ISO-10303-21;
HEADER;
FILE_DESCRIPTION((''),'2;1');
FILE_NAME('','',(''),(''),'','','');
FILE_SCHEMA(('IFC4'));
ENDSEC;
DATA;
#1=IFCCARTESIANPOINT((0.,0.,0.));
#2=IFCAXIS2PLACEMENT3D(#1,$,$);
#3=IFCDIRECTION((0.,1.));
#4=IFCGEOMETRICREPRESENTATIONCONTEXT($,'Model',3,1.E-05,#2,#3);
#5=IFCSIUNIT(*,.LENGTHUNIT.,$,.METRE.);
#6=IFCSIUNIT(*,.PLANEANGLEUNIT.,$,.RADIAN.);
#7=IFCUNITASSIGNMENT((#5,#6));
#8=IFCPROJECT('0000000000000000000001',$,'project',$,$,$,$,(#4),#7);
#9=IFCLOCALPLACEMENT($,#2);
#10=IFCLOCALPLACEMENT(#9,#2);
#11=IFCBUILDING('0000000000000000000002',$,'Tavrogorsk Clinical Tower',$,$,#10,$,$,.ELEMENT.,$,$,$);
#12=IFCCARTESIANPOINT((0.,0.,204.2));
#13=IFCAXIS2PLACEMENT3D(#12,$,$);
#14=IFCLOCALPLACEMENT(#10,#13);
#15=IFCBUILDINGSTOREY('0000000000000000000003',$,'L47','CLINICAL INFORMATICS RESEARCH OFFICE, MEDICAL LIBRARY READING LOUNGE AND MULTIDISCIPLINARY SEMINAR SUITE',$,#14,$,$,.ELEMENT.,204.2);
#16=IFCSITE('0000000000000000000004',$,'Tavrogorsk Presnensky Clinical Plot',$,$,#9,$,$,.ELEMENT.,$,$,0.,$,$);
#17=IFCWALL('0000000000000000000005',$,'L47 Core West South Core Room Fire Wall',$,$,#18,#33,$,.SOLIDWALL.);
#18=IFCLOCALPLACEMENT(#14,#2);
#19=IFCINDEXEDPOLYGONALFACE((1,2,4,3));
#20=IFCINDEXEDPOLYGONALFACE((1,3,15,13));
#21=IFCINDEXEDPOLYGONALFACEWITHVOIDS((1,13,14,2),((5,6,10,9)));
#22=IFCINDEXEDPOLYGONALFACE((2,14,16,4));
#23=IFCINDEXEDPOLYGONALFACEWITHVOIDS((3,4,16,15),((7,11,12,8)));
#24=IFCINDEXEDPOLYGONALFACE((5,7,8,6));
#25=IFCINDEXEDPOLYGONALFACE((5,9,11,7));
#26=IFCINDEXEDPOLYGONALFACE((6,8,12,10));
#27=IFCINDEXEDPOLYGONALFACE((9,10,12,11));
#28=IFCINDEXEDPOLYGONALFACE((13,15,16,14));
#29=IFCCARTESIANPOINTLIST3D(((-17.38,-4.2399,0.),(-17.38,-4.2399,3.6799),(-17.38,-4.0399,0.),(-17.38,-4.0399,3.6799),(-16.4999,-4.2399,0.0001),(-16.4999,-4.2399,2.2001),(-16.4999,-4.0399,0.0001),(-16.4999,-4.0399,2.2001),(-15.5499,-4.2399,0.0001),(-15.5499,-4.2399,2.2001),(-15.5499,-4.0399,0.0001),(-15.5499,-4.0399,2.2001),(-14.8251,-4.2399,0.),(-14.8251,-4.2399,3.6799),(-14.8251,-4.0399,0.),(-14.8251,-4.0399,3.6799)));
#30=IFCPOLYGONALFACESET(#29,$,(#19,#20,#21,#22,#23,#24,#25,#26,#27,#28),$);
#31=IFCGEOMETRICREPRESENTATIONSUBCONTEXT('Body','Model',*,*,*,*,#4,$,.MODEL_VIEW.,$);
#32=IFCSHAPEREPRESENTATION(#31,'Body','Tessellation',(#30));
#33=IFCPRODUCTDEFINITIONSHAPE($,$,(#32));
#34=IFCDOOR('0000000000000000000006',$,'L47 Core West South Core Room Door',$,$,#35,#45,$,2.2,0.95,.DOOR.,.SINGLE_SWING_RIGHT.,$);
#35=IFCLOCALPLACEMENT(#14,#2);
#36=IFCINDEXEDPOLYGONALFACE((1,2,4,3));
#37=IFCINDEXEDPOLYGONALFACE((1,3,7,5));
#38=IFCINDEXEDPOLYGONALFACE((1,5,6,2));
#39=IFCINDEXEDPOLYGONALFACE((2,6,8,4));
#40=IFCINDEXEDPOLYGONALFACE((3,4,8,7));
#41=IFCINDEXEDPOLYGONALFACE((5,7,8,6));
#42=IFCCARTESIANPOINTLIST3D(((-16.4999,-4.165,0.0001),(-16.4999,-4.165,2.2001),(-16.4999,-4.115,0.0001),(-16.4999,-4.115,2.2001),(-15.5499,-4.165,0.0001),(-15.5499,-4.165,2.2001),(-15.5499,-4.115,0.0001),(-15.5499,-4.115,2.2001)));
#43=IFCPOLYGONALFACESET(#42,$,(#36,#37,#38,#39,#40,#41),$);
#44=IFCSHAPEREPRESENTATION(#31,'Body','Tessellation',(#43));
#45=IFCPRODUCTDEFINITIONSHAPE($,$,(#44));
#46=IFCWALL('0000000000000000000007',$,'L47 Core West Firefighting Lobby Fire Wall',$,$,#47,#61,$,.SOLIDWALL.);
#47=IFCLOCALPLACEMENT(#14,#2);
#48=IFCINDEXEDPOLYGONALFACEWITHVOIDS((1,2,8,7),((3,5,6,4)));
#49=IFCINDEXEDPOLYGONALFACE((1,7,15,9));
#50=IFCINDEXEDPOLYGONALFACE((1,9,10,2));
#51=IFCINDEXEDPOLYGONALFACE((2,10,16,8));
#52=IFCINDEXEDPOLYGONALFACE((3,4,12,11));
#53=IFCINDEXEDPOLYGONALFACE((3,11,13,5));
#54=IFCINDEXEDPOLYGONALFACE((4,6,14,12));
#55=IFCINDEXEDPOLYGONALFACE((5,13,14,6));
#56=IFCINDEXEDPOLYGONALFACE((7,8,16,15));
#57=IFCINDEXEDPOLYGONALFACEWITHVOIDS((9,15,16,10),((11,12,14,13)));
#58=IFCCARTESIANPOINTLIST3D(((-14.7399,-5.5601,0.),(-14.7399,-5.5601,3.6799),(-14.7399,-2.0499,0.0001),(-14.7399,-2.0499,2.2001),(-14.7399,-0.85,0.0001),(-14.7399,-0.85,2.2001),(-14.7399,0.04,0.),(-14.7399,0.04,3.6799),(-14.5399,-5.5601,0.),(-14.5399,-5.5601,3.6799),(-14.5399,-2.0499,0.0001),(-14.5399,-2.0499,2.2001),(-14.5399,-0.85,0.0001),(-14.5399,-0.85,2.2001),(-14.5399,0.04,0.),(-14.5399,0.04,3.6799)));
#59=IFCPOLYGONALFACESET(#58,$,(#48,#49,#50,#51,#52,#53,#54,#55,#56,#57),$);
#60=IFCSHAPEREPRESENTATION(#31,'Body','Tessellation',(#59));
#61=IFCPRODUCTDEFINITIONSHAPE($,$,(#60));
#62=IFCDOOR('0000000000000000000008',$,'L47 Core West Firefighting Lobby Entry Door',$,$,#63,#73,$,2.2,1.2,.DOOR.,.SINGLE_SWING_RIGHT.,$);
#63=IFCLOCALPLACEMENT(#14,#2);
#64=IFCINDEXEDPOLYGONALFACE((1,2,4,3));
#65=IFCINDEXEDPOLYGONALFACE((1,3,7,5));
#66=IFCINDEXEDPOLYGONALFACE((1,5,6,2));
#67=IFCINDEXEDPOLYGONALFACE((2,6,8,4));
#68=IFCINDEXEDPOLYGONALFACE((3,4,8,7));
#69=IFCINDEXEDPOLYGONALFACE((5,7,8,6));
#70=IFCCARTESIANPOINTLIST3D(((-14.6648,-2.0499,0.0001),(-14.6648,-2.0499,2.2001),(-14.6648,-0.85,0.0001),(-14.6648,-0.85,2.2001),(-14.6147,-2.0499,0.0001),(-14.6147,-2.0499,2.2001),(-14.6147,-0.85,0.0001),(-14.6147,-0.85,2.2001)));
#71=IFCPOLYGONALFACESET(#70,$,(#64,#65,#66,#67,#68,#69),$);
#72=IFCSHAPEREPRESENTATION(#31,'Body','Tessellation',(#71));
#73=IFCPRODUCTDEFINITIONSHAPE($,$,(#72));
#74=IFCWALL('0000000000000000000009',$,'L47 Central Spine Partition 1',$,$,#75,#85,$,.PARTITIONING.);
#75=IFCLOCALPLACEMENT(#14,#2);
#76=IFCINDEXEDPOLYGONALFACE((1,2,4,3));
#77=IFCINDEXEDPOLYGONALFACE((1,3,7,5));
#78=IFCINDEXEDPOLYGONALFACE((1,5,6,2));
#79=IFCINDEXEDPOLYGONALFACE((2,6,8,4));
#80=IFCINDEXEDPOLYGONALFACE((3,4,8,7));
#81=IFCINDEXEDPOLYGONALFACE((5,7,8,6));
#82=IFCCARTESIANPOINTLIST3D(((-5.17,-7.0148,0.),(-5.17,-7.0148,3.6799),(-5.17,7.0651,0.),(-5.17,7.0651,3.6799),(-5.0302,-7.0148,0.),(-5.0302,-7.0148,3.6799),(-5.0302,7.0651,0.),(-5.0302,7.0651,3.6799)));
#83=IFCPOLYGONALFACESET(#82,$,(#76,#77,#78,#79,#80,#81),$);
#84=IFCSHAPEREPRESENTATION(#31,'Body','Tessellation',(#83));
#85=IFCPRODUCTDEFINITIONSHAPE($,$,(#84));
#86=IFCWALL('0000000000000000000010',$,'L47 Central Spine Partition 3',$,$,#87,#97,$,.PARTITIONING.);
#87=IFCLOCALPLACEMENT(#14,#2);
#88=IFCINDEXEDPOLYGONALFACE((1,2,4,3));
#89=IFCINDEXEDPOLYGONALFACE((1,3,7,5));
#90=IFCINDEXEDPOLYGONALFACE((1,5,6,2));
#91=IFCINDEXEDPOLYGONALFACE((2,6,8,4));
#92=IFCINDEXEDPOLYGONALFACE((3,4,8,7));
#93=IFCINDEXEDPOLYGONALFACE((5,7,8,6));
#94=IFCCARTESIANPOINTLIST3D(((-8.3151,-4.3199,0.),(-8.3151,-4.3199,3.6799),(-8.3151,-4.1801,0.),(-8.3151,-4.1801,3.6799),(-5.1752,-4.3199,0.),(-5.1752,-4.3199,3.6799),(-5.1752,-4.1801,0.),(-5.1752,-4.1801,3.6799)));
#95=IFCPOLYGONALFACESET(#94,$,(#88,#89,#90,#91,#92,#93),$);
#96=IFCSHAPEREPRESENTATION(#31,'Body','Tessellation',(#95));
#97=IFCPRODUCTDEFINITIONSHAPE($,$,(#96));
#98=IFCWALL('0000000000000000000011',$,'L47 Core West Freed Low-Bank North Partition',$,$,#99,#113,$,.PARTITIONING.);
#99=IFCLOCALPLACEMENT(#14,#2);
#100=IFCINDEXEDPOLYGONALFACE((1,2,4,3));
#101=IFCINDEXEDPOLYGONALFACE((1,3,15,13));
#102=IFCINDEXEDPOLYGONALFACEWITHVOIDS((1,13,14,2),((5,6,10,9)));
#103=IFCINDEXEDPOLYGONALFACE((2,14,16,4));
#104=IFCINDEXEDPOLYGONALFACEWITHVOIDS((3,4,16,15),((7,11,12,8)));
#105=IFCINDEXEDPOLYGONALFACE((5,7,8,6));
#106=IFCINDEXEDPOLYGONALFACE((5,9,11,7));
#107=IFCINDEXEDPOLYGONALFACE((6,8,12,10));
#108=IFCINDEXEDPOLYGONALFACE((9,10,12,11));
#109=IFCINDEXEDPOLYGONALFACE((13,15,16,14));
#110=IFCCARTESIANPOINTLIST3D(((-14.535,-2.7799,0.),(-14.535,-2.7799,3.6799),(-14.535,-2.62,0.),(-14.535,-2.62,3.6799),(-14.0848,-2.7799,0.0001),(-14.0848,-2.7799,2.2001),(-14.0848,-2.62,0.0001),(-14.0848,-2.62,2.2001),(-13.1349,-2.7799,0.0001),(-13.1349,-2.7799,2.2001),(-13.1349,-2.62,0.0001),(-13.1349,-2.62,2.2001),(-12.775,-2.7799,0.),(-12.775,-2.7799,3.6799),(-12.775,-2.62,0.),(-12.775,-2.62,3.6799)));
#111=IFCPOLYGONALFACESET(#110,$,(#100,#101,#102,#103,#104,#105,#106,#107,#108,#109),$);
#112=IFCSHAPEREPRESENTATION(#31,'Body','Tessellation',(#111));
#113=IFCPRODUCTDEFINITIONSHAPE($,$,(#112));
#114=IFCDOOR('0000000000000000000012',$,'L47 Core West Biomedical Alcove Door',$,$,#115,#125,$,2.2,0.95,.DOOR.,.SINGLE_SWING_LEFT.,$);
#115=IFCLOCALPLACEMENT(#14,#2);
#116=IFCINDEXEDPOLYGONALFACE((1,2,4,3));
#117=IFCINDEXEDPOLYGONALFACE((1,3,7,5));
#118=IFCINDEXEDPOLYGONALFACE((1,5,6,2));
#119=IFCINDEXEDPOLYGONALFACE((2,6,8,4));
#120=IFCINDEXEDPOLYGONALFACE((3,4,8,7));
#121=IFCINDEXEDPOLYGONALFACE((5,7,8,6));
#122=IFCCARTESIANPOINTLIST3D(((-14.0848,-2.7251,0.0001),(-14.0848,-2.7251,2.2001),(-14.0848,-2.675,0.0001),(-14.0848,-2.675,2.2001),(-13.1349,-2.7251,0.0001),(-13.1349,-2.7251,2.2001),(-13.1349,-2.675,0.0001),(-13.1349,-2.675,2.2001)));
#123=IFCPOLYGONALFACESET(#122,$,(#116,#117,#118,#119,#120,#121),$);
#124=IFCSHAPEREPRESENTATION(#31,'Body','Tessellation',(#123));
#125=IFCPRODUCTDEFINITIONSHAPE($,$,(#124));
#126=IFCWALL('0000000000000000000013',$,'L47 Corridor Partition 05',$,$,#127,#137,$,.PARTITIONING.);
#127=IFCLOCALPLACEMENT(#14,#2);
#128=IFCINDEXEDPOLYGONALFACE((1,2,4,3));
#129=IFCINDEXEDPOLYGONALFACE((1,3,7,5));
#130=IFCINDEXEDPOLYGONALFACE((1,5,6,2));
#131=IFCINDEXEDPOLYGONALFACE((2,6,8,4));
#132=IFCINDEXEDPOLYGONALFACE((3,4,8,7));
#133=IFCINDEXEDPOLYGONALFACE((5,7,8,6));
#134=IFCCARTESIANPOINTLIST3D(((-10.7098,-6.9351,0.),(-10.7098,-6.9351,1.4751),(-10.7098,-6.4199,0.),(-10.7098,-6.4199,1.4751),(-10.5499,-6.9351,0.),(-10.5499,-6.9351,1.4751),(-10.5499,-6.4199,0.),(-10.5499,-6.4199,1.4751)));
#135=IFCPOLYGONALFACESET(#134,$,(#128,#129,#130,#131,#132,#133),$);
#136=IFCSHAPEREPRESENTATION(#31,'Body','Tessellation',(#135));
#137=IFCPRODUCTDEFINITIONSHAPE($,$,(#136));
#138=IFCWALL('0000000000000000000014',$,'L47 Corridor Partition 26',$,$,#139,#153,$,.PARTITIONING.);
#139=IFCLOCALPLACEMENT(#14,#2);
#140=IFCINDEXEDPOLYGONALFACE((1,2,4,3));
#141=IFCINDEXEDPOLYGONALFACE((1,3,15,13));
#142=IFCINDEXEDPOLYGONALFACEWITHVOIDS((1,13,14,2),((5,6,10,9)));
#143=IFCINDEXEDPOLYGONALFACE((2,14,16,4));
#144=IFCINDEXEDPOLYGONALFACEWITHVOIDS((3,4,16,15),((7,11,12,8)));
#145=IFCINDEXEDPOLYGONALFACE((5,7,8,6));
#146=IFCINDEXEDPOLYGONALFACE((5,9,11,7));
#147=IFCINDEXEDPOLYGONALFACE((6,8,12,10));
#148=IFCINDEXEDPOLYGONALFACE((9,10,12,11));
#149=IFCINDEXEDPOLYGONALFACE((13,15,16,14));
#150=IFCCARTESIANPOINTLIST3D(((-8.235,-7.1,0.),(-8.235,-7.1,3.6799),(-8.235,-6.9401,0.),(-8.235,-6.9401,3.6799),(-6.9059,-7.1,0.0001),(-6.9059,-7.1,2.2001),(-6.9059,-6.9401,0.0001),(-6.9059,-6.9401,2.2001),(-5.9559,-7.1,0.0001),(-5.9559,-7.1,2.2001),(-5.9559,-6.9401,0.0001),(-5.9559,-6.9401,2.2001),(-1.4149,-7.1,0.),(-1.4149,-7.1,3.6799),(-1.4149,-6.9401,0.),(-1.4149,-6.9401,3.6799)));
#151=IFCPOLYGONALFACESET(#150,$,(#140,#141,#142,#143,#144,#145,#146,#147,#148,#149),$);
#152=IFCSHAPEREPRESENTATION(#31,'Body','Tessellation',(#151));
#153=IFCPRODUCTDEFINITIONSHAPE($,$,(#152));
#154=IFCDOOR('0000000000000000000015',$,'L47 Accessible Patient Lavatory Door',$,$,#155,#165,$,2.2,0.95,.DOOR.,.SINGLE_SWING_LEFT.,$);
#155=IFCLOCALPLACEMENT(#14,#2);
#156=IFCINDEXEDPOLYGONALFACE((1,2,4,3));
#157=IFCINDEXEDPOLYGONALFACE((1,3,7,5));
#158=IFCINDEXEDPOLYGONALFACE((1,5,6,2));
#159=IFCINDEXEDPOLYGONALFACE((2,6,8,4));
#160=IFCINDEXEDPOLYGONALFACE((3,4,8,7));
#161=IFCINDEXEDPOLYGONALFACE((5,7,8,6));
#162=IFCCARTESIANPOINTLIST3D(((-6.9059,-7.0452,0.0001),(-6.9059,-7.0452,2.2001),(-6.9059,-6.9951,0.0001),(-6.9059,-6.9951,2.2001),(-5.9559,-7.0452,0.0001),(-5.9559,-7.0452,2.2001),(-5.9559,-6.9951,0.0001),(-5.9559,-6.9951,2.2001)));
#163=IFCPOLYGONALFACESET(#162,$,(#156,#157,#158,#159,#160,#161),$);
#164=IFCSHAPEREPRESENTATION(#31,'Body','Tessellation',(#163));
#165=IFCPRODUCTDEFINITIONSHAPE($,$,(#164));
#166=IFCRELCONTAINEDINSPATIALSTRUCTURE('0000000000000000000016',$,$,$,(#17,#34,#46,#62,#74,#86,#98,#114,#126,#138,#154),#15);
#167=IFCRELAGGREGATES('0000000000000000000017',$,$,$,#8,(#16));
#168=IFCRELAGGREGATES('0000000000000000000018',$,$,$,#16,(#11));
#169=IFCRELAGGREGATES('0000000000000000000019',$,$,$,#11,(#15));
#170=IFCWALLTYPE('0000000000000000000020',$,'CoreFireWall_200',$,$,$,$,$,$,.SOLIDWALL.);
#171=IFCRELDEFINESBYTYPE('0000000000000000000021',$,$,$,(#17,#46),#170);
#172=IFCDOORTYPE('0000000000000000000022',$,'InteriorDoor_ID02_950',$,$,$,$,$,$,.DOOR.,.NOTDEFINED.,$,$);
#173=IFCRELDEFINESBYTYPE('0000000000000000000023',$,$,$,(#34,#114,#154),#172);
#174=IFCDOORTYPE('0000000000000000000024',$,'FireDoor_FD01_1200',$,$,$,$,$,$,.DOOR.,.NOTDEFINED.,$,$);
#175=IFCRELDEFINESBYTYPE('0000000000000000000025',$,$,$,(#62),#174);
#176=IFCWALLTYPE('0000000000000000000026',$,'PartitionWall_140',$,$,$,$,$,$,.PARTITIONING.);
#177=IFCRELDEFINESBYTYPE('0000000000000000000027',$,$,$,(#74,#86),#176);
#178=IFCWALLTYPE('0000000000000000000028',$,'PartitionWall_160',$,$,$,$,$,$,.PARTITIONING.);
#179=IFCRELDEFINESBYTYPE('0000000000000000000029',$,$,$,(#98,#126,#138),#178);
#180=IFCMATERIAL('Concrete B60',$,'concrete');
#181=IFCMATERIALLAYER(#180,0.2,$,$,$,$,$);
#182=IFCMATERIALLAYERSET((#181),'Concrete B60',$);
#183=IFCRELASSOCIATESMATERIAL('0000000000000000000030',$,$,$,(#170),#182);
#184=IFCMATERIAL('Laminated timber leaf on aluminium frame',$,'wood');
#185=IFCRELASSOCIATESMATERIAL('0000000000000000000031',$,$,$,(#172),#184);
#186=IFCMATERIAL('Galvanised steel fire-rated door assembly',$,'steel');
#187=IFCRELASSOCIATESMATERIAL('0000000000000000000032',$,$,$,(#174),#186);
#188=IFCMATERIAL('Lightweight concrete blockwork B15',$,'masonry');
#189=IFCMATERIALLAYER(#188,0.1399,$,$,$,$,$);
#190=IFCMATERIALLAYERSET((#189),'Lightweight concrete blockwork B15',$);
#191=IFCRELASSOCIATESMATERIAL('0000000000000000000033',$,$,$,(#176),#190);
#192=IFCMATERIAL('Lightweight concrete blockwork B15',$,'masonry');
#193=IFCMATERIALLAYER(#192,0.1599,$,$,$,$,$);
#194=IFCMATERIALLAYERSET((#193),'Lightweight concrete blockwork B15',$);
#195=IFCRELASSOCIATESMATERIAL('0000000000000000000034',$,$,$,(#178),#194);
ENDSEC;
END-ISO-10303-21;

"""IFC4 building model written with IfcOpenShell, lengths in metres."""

from ifc_helpers import new_model, si_unit, direction, frame, frame_2d, origin, place, context, subcontext, project, spatial, rectangle, extrude, material, layer, layer_set, type_object, element, fill, save


model = new_model("IFC4")

# Units and contexts
model_context = context("Model", 3, precision=1e-05, world=origin(), true_north=direction((0.0, 1.0)))
body_context = subcontext(model_context, "Body", "Model", "MODEL_VIEW")
ifc_project = project(units=[si_unit("LENGTHUNIT", "METRE"), si_unit("PLANEANGLEUNIT", "RADIAN")], contexts=[model_context])

# Site, building, storey
site_placement = place(None, origin())
site = spatial("IfcSite", under=ifc_project, at=site_placement, Name="Tavrogorsk Presnensky Clinical Plot", CompositionType="ELEMENT", RefElevation=0.0)
building_placement = place(site_placement, origin())
building = spatial("IfcBuilding", under=site, at=building_placement, Name="Tavrogorsk Clinical Tower", CompositionType="ELEMENT")
storey_placement = place(building_placement, frame((0.0, 0.0, 204.2)))
storey = spatial("IfcBuildingStorey", under=building, at=storey_placement, Name="L47", Description="CLINICAL INFORMATICS RESEARCH OFFICE, MEDICAL LIBRARY READING LOUNGE AND MULTIDISCIPLINARY SEMINAR SUITE", CompositionType="ELEMENT", Elevation=204.2)

# Walls, openings, doors
ifc_material_1 = material(Name="Concrete B60", Category="concrete")
ifc_layer_1 = layer(ifc_material_1, 0.2)
ifc_layer_set_1 = layer_set([ifc_layer_1], Name="Concrete B60")
wall_type_1 = type_object("IfcWallType", Name="CoreFireWall_200", PredefinedType="SOLIDWALL", material=ifc_layer_set_1)
wall_1_placement = place(storey_placement, frame((-17.3799, -4.1399, 0.0), z_axis=(0.0, 0.0, 1.0), x_axis=(1.0, 0.0, 0.0)))
wall_1 = element("IfcWall", 1, at=wall_1_placement, inside=storey, type_object=wall_type_1, Name="L47 Core West South Core Room Fire Wall", PredefinedType="SOLIDWALL", context=body_context, shape_type="SweptSolid", body=[
    extrude(rectangle(XDim=2.5549, YDim=0.2, at=frame_2d((1.2773, 0.0))), origin(), (0.0, 0.0, 1.0), 3.6799),
])
opening_1_placement = place(wall_1_placement, frame((0.8799, 0.0, 0.0)))
opening_1 = element("IfcOpeningElement", 2, at=opening_1_placement, cuts=wall_1, PredefinedType="OPENING", context=body_context, shape_type="SweptSolid", body=[
    extrude(rectangle(XDim=0.95, YDim=2.2, at=frame_2d((0.4751, 1.1001))), frame((0.0, 0.1099, 0.0), z_axis=(0.0, -1.0, 0.0), x_axis=(1.0, 0.0, 0.0)), (0.0, 0.0, 1.0), 0.22),
])
ifc_material_2 = material(Name="Laminated timber leaf on aluminium frame", Category="wood")
door_type_1 = type_object("IfcDoorType", Name="InteriorDoor_ID02_950", OperationType="NOTDEFINED", PredefinedType="DOOR", material=ifc_material_2)
door_1_placement = place(opening_1_placement, origin())
door_1 = element("IfcDoor", 3, at=door_1_placement, inside=storey, type_object=door_type_1, Name="L47 Core West South Core Room Door", OperationType="SINGLE_SWING_RIGHT", OverallHeight=2.2, OverallWidth=0.95, PredefinedType="DOOR", context=body_context, shape_type="SweptSolid", body=[
    extrude(rectangle(XDim=0.95, YDim=2.2, at=frame_2d((0.4751, 1.1001))), frame((0.0, 0.0249, 0.0), z_axis=(0.0, -1.0, 0.0), x_axis=(1.0, 0.0, 0.0)), (0.0, 0.0, 1.0), 0.05),
])
fill(opening_1, door_1)
wall_2_placement = place(storey_placement, frame((-14.6399, -5.5601, 0.0), z_axis=(0.0, 0.0, 1.0), x_axis=(0.0, 1.0, 0.0)))
wall_2 = element("IfcWall", 4, at=wall_2_placement, inside=storey, type_object=wall_type_1, Name="L47 Core West Firefighting Lobby Fire Wall", PredefinedType="SOLIDWALL", context=body_context, shape_type="SweptSolid", body=[
    extrude(rectangle(XDim=5.6001, YDim=0.2, at=frame_2d((2.8, 0.0))), origin(), (0.0, 0.0, 1.0), 3.6799),
])
opening_2_placement = place(wall_2_placement, frame((3.51, 0.0, 0.0)))
opening_2 = element("IfcOpeningElement", 5, at=opening_2_placement, cuts=wall_2, PredefinedType="OPENING", context=body_context, shape_type="SweptSolid", body=[
    extrude(rectangle(XDim=1.2, YDim=2.2, at=frame_2d((0.6001, 1.1001))), frame((0.0, 0.1099, 0.0), z_axis=(0.0, -1.0, 0.0), x_axis=(1.0, 0.0, 0.0)), (0.0, 0.0, 1.0), 0.22),
])
ifc_material_3 = material(Name="Galvanised steel fire-rated door assembly", Category="steel")
door_type_2 = type_object("IfcDoorType", Name="FireDoor_FD01_1200", OperationType="NOTDEFINED", PredefinedType="DOOR", material=ifc_material_3)
door_2_placement = place(opening_2_placement, origin())
door_2 = element("IfcDoor", 6, at=door_2_placement, inside=storey, type_object=door_type_2, Name="L47 Core West Firefighting Lobby Entry Door", OperationType="SINGLE_SWING_RIGHT", OverallHeight=2.2, OverallWidth=1.2, PredefinedType="DOOR", context=body_context, shape_type="SweptSolid", body=[
    extrude(rectangle(XDim=1.2, YDim=2.2, at=frame_2d((0.6001, 1.1001))), frame((0.0, 0.0249, 0.0), z_axis=(0.0, -1.0, 0.0), x_axis=(1.0, 0.0, 0.0)), (0.0, 0.0, 1.0), 0.05),
])
fill(opening_2, door_2)

# Walls
ifc_material_4 = material(Name="Lightweight concrete blockwork B15", Category="masonry")
ifc_layer_2 = layer(ifc_material_4, 0.1399)
ifc_layer_set_2 = layer_set([ifc_layer_2], Name="Lightweight concrete blockwork B15")
wall_type_2 = type_object("IfcWallType", Name="PartitionWall_140", PredefinedType="PARTITIONING", material=ifc_layer_set_2)
wall_3_placement = place(storey_placement, frame((-5.1001, -7.0149, 0.0), z_axis=(0.0, 0.0, 1.0), x_axis=(0.0, 1.0, 0.0)))
element("IfcWall", 7, at=wall_3_placement, inside=storey, type_object=wall_type_2, Name="L47 Central Spine Partition 1", PredefinedType="PARTITIONING", context=body_context, shape_type="SweptSolid", body=[
    extrude(rectangle(XDim=14.0798, YDim=0.1399, at=frame_2d((7.04, 0.0))), origin(), (0.0, 0.0, 1.0), 3.6799),
])
wall_4_placement = place(storey_placement, frame((-8.3149, -4.25, 0.0), z_axis=(0.0, 0.0, 1.0), x_axis=(1.0, 0.0, 0.0)))
element("IfcWall", 8, at=wall_4_placement, inside=storey, type_object=wall_type_2, Name="L47 Central Spine Partition 3", PredefinedType="PARTITIONING", context=body_context, shape_type="SweptSolid", body=[
    extrude(rectangle(XDim=3.1399, YDim=0.1399, at=frame_2d((1.5698, 0.0))), origin(), (0.0, 0.0, 1.0), 3.6799),
])

# Wall, opening, door
ifc_material_5 = material(Name="Lightweight concrete blockwork B15", Category="masonry")
ifc_layer_3 = layer(ifc_material_5, 0.1599)
ifc_layer_set_3 = layer_set([ifc_layer_3], Name="Lightweight concrete blockwork B15")
wall_type_3 = type_object("IfcWallType", Name="PartitionWall_160", PredefinedType="PARTITIONING", material=ifc_layer_set_3)
wall_5_placement = place(storey_placement, frame((-14.5349, -2.7, 0.0), z_axis=(0.0, 0.0, 1.0), x_axis=(1.0, 0.0, 0.0)))
wall_5 = element("IfcWall", 9, at=wall_5_placement, inside=storey, type_object=wall_type_3, Name="L47 Core West Freed Low-Bank North Partition", PredefinedType="PARTITIONING", context=body_context, shape_type="SweptSolid", body=[
    extrude(rectangle(XDim=1.76, YDim=0.1599, at=frame_2d((0.8799, 0.0))), origin(), (0.0, 0.0, 1.0), 3.6799),
])
opening_3_placement = place(wall_5_placement, frame((0.45, 0.0, 0.0)))
opening_3 = element("IfcOpeningElement", 10, at=opening_3_placement, cuts=wall_5, PredefinedType="OPENING", context=body_context, shape_type="SweptSolid", body=[
    extrude(rectangle(XDim=0.95, YDim=2.2, at=frame_2d((0.4751, 1.1001))), frame((0.0, 0.0898, 0.0), z_axis=(0.0, -1.0, 0.0), x_axis=(1.0, 0.0, 0.0)), (0.0, 0.0, 1.0), 0.1799),
])
door_3_placement = place(opening_3_placement, origin())
door_3 = element("IfcDoor", 11, at=door_3_placement, inside=storey, type_object=door_type_1, Name="L47 Core West Biomedical Alcove Door", OperationType="SINGLE_SWING_LEFT", OverallHeight=2.2, OverallWidth=0.95, PredefinedType="DOOR", context=body_context, shape_type="SweptSolid", body=[
    extrude(rectangle(XDim=0.95, YDim=2.2, at=frame_2d((0.4751, 1.1001))), frame((0.0, 0.0249, 0.0), z_axis=(0.0, -1.0, 0.0), x_axis=(1.0, 0.0, 0.0)), (0.0, 0.0, 1.0), 0.05),
])
fill(opening_3, door_3)

# Wall
wall_6_placement = place(storey_placement, frame((-10.6299, -6.9351, 0.0), z_axis=(0.0, 0.0, 1.0), x_axis=(0.0, 1.0, 0.0)))
element("IfcWall", 12, at=wall_6_placement, inside=storey, type_object=wall_type_3, Name="L47 Corridor Partition 05", PredefinedType="PARTITIONING", context=body_context, shape_type="SweptSolid", body=[
    extrude(rectangle(XDim=0.5151, YDim=0.1599, at=frame_2d((0.2576, 0.0))), origin(), (0.0, 0.0, 1.0), 1.4751),
])

# Wall, opening, door
wall_7_placement = place(storey_placement, frame((-8.2351, -7.02, 0.0), z_axis=(0.0, 0.0, 1.0), x_axis=(1.0, 0.0, 0.0)))
wall_7 = element("IfcWall", 13, at=wall_7_placement, inside=storey, type_object=wall_type_3, Name="L47 Corridor Partition 26", PredefinedType="PARTITIONING", context=body_context, shape_type="SweptSolid", body=[
    extrude(rectangle(XDim=6.8201, YDim=0.1599, at=frame_2d((3.4102, 0.0))), origin(), (0.0, 0.0, 1.0), 3.6799),
])
opening_4_placement = place(wall_7_placement, frame((1.3291, 0.0, 0.0)))
opening_4 = element("IfcOpeningElement", 14, at=opening_4_placement, cuts=wall_7, PredefinedType="OPENING", context=body_context, shape_type="SweptSolid", body=[
    extrude(rectangle(XDim=0.95, YDim=2.2, at=frame_2d((0.4751, 1.1001))), frame((0.0, 0.0898, 0.0), z_axis=(0.0, -1.0, 0.0), x_axis=(1.0, 0.0, 0.0)), (0.0, 0.0, 1.0), 0.1799),
])
door_4_placement = place(opening_4_placement, origin())
door_4 = element("IfcDoor", 15, at=door_4_placement, inside=storey, type_object=door_type_1, Name="L47 Accessible Patient Lavatory Door", OperationType="SINGLE_SWING_LEFT", OverallHeight=2.2, OverallWidth=0.95, PredefinedType="DOOR", context=body_context, shape_type="SweptSolid", body=[
    extrude(rectangle(XDim=0.95, YDim=2.2, at=frame_2d((0.4751, 1.1001))), frame((0.0, 0.0249, 0.0), z_axis=(0.0, -1.0, 0.0), x_axis=(1.0, 0.0, 0.0)), (0.0, 0.0, 1.0), 0.05),
])
fill(opening_4, door_4)

save(model, "model.ifc")
